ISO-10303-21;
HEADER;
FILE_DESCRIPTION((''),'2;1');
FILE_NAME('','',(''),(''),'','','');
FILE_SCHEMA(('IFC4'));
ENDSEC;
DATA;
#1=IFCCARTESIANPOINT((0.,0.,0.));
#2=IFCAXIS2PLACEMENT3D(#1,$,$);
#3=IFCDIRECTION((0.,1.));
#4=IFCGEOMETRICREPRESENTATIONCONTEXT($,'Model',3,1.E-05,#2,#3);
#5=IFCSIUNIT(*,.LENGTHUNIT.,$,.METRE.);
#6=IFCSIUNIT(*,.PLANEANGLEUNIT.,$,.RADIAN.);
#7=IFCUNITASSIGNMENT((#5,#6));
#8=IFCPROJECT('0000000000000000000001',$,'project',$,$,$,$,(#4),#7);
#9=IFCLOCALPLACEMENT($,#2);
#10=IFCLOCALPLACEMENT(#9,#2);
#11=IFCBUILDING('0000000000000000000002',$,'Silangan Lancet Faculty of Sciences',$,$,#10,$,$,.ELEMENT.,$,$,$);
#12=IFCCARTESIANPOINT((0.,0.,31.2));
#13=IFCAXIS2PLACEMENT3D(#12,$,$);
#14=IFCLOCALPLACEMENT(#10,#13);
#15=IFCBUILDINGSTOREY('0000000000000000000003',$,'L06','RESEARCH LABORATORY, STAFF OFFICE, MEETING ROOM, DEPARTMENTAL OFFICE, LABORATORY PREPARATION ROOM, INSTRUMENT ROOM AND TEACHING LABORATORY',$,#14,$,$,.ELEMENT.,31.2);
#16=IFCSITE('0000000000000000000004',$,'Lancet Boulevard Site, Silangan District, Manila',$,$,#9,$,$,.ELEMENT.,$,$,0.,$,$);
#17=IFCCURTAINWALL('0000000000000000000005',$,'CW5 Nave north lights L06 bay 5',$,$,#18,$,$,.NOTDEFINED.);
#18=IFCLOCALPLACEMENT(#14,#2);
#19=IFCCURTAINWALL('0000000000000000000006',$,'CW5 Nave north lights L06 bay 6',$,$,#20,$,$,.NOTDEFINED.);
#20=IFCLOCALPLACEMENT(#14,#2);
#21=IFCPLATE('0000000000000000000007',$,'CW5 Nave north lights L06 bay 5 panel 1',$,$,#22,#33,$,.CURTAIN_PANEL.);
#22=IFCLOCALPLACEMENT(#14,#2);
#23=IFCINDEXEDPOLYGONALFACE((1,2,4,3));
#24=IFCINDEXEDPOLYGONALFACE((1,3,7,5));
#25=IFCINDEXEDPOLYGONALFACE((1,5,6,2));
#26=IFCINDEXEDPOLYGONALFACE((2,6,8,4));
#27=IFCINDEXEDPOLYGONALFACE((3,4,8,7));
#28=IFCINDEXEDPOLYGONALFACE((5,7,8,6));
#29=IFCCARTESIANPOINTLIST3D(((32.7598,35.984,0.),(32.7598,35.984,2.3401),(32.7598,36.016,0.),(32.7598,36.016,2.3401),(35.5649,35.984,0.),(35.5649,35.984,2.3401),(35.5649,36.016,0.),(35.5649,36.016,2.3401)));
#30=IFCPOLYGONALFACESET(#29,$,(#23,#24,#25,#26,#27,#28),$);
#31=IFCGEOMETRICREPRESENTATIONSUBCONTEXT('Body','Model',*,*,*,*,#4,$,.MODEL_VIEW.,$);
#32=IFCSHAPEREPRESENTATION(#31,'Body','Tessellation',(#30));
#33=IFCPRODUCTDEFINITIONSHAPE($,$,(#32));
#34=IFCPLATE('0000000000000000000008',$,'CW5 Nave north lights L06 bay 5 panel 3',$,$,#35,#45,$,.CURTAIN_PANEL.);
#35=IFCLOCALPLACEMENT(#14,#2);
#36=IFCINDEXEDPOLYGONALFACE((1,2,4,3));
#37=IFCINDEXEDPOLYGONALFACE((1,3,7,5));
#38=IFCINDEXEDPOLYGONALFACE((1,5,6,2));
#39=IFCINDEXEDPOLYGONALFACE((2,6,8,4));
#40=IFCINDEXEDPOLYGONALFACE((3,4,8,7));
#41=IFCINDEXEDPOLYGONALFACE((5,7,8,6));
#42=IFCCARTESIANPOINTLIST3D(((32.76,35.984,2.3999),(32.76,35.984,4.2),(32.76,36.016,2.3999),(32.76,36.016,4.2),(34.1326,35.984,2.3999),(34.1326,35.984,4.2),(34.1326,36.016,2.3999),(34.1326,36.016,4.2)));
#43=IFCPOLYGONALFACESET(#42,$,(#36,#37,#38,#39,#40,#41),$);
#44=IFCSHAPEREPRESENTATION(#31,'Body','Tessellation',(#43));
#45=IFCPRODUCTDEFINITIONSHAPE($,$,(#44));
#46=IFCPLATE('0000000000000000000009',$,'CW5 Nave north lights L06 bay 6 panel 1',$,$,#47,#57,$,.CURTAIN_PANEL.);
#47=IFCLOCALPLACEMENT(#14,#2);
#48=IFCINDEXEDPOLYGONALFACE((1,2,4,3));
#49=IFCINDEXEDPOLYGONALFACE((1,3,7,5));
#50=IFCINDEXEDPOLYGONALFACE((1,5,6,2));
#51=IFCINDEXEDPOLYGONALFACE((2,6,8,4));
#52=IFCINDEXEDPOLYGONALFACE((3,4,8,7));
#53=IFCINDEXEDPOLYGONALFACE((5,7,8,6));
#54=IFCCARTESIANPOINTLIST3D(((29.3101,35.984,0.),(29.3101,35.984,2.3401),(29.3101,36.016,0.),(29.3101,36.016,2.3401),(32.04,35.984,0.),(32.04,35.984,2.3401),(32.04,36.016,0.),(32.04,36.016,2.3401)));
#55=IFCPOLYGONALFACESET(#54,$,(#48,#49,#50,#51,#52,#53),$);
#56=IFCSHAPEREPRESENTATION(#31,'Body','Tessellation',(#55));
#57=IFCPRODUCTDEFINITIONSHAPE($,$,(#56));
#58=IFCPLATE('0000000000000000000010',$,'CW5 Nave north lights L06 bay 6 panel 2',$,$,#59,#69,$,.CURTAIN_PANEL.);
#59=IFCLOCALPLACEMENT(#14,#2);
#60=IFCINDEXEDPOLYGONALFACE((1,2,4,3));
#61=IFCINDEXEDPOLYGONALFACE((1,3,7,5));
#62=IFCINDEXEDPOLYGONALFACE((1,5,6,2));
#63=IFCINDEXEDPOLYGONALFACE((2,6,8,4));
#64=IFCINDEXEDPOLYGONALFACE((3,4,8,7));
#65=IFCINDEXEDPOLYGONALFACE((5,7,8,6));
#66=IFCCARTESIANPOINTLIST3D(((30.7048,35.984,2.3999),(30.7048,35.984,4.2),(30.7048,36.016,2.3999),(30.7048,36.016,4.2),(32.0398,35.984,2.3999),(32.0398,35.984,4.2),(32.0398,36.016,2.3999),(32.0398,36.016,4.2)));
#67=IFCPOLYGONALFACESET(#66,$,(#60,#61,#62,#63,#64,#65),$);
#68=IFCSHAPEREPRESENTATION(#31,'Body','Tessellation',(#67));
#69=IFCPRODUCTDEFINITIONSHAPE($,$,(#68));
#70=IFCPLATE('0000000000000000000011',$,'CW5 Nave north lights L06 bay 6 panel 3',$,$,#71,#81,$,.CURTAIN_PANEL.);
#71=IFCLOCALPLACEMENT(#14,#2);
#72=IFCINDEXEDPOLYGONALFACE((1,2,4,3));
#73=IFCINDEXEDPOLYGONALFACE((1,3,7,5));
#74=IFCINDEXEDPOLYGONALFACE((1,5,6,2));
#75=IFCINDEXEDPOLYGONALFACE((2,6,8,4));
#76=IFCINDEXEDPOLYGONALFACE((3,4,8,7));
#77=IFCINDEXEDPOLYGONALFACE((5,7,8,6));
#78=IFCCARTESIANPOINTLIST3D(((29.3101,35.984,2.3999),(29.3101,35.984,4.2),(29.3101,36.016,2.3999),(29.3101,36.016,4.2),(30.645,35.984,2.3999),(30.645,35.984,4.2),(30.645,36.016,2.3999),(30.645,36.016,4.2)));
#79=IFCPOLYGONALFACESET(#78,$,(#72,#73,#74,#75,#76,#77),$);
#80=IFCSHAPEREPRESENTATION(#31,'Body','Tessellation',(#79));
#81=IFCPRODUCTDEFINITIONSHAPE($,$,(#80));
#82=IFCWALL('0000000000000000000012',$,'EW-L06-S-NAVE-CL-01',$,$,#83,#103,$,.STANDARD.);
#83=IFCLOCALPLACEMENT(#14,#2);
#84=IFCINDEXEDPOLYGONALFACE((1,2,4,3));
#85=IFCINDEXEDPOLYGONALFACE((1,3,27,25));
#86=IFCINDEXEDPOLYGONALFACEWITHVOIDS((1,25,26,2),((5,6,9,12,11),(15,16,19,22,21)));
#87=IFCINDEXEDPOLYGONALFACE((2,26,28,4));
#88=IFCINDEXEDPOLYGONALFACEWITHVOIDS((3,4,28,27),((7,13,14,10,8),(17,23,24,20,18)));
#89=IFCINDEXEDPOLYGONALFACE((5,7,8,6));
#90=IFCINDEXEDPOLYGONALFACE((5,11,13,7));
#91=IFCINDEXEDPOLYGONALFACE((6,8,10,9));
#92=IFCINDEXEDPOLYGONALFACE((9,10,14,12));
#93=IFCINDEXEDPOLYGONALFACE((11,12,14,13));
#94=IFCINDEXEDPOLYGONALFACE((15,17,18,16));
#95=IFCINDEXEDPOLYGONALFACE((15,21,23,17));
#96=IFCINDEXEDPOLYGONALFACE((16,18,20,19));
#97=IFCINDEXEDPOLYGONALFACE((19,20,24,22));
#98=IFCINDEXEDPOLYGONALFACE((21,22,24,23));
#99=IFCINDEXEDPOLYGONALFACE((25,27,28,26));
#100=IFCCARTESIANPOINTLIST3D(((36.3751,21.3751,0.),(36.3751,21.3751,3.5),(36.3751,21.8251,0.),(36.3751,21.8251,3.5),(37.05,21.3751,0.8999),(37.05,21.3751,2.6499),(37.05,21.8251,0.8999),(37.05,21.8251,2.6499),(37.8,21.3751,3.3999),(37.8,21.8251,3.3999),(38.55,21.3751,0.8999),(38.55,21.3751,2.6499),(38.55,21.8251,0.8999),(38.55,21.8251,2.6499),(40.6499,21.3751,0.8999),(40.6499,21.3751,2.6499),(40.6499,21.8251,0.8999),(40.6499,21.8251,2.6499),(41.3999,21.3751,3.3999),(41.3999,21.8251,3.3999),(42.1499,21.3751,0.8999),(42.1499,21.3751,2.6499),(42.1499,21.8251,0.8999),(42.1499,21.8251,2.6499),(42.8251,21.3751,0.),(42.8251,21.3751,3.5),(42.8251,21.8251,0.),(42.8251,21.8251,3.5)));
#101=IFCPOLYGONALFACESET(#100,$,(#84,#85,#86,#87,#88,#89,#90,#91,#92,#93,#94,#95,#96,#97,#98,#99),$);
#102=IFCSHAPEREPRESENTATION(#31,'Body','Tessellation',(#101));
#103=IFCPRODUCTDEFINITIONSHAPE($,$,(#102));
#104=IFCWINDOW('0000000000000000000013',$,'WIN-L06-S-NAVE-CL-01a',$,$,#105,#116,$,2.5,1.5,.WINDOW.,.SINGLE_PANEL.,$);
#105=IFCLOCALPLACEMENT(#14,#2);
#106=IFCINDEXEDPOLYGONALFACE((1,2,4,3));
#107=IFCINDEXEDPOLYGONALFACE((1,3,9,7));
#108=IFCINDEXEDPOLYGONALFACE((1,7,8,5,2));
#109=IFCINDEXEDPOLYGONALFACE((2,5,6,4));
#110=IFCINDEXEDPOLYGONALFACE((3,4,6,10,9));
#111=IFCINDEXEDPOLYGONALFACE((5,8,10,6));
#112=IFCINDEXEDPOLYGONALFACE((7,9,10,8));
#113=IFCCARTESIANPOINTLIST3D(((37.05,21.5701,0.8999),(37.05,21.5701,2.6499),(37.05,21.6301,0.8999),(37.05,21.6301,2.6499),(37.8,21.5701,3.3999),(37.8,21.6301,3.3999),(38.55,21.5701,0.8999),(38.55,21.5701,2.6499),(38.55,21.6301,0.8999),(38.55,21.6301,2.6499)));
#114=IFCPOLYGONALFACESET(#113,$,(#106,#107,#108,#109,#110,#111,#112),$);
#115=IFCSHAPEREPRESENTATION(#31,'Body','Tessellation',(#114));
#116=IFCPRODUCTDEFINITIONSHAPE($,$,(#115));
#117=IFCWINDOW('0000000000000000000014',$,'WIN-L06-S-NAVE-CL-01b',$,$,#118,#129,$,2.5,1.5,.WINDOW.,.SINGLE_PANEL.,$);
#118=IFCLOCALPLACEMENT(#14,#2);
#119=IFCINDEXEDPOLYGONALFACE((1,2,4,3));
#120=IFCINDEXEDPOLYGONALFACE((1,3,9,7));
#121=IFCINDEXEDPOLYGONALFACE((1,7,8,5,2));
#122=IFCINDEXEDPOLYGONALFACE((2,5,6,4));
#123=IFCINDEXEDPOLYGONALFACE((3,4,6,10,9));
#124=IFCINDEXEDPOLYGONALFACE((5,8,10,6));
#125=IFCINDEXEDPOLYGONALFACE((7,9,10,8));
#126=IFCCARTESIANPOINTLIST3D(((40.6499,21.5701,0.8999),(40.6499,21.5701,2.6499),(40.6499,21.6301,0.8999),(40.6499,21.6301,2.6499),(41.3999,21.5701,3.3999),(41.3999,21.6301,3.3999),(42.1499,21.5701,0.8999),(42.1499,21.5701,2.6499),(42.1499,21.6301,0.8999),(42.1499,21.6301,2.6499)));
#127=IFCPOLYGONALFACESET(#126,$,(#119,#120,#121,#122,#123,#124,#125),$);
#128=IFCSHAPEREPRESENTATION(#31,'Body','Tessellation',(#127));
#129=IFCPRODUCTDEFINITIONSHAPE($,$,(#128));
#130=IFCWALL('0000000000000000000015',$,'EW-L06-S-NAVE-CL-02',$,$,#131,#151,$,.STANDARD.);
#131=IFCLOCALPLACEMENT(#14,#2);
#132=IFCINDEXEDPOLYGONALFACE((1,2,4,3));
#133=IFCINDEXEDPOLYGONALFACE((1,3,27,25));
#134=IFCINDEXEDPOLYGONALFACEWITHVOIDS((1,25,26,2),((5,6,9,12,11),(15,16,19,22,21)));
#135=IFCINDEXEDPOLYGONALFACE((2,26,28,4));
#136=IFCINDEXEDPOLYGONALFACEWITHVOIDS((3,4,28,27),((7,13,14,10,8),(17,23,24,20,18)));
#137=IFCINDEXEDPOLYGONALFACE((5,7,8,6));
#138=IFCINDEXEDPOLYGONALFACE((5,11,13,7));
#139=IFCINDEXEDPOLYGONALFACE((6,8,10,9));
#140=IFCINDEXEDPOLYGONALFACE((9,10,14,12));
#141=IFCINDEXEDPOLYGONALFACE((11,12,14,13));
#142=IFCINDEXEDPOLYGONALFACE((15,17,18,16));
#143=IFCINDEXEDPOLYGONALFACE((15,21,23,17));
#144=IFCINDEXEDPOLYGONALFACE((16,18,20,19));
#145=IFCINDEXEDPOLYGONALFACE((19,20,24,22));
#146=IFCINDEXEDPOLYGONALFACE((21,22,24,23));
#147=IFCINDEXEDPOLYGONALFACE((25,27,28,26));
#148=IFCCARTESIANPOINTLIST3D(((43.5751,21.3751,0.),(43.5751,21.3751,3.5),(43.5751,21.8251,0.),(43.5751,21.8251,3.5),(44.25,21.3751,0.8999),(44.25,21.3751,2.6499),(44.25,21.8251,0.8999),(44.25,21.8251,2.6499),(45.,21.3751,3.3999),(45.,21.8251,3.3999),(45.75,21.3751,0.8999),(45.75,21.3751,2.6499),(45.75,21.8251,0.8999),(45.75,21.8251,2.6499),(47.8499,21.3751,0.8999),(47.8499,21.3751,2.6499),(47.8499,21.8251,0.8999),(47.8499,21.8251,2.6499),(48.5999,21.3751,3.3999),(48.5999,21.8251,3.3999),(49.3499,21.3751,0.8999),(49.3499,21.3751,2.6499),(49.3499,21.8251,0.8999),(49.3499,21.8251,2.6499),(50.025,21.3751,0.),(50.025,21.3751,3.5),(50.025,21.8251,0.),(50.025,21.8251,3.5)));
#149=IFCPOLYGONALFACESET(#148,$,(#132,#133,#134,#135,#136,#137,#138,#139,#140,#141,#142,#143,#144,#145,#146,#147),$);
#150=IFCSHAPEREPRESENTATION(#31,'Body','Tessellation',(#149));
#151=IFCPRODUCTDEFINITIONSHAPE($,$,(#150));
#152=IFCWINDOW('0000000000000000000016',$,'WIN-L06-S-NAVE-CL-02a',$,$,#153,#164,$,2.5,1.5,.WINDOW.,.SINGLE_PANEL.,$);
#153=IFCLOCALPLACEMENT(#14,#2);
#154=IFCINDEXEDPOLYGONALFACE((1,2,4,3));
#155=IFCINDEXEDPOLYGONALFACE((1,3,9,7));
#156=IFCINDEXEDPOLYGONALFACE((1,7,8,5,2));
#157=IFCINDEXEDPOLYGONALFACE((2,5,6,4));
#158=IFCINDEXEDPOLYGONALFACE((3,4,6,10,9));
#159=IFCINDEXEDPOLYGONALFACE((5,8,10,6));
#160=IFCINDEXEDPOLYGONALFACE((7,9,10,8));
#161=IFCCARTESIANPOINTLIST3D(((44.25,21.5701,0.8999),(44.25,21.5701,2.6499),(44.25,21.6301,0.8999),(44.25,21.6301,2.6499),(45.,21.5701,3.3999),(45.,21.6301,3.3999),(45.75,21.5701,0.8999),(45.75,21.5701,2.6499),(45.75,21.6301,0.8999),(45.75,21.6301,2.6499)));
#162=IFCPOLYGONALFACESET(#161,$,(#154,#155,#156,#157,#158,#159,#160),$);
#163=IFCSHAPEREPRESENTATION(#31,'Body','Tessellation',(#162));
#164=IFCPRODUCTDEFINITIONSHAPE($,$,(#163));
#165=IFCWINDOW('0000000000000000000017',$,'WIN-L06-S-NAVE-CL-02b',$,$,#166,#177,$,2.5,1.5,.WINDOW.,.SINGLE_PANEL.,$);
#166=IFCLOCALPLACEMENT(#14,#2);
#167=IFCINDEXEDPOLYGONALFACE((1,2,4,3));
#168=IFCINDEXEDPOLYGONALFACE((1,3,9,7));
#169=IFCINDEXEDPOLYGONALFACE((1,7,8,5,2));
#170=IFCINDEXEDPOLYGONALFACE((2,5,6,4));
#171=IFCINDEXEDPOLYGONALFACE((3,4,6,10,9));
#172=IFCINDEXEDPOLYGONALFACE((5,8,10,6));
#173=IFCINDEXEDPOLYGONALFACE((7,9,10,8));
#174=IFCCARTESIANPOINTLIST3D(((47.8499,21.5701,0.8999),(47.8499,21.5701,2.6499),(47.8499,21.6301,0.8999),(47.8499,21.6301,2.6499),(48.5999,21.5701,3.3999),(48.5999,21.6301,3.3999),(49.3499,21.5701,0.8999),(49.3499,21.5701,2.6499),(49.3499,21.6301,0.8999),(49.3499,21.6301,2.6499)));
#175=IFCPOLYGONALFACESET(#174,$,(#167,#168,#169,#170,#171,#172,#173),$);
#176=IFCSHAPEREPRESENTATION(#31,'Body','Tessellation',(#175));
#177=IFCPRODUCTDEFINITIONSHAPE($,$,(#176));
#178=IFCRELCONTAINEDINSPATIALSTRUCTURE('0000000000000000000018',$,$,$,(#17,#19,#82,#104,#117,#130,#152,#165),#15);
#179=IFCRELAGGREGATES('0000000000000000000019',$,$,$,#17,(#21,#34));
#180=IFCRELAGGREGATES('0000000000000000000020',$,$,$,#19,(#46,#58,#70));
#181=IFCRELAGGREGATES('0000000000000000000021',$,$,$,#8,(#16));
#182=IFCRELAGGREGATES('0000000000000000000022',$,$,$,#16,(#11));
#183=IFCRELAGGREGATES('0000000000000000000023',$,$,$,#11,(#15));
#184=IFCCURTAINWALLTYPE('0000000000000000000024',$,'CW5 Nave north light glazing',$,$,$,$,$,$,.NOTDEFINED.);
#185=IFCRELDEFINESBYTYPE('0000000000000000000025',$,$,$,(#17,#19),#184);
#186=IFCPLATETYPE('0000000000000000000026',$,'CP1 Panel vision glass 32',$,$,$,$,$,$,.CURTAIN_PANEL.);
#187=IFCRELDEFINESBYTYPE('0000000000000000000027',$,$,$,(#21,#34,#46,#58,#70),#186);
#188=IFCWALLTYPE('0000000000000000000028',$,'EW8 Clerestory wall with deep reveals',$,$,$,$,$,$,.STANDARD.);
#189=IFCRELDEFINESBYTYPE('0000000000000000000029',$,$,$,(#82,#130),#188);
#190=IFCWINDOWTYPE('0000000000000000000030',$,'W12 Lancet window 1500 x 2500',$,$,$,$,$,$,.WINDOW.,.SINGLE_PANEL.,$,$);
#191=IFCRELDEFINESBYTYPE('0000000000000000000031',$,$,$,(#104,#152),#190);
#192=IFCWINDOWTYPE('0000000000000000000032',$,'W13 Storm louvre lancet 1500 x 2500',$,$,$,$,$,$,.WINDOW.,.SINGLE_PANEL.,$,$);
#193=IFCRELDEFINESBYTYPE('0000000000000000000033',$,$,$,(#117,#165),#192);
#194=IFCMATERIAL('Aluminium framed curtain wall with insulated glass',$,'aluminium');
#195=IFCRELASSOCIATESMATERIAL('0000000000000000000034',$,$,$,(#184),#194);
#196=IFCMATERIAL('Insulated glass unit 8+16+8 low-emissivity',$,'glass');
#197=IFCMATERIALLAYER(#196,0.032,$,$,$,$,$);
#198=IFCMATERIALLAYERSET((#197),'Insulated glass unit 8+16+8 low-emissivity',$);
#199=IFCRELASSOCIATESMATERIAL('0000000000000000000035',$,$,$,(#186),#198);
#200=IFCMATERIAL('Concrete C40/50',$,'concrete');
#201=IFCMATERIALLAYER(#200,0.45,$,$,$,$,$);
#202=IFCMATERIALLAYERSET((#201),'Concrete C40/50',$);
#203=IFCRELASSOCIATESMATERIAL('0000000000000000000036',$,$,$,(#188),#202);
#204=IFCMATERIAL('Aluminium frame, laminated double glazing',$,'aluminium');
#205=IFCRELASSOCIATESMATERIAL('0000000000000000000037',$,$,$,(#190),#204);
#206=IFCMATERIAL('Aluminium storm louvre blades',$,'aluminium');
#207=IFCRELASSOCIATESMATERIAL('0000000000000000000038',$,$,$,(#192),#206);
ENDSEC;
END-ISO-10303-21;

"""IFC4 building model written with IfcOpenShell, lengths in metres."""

from ifc_helpers import new_model, si_unit, direction, frame, frame_2d, origin, origin_2d, place, context, subcontext, project, spatial, polyline, rectangle, outline, extrude, material, layer, layer_set, type_object, element, fill, aggregate, save


model = new_model("IFC4")

# Units and contexts
model_context = context("Model", 3, precision=1e-05, world=origin(), true_north=direction((0.0, 1.0)))
body_context = subcontext(model_context, "Body", "Model", "MODEL_VIEW")
ifc_project = project(units=[si_unit("LENGTHUNIT", "METRE"), si_unit("PLANEANGLEUNIT", "RADIAN")], contexts=[model_context])

# Site, building, storey
site_placement = place(None, origin())
site = spatial("IfcSite", under=ifc_project, at=site_placement, Name="Lancet Boulevard Site, Silangan District, Manila", CompositionType="ELEMENT", RefElevation=0.0)
building_placement = place(site_placement, origin())
building = spatial("IfcBuilding", under=site, at=building_placement, Name="Silangan Lancet Faculty of Sciences", CompositionType="ELEMENT")
storey_placement = place(building_placement, frame((0.0, 0.0, 31.2)))
storey = spatial("IfcBuildingStorey", under=building, at=storey_placement, Name="L06", Description="RESEARCH LABORATORY, STAFF OFFICE, MEETING ROOM, DEPARTMENTAL OFFICE, LABORATORY PREPARATION ROOM, INSTRUMENT ROOM AND TEACHING LABORATORY", CompositionType="ELEMENT", Elevation=31.2)

# Curtain walls
ifc_material_1 = material(Name="Aluminium framed curtain wall with insulated glass", Category="aluminium")
curtain_wall_type = type_object("IfcCurtainWallType", Name="CW5 Nave north light glazing", PredefinedType="NOTDEFINED", material=ifc_material_1)
curtain_wall_1_placement = place(storey_placement, origin())
curtain_wall_1 = element("IfcCurtainWall", 1, at=curtain_wall_1_placement, inside=storey, type_object=curtain_wall_type, Name="CW5 Nave north lights L06 bay 5", PredefinedType="NOTDEFINED")
curtain_wall_2_placement = place(storey_placement, origin())
curtain_wall_2 = element("IfcCurtainWall", 2, at=curtain_wall_2_placement, inside=storey, type_object=curtain_wall_type, Name="CW5 Nave north lights L06 bay 6", PredefinedType="NOTDEFINED")

# Plates
ifc_material_2 = material(Name="Insulated glass unit 8+16+8 low-emissivity", Category="glass")
ifc_layer_1 = layer(ifc_material_2, 0.032)
ifc_layer_set_1 = layer_set([ifc_layer_1], Name="Insulated glass unit 8+16+8 low-emissivity")
plate_type = type_object("IfcPlateType", Name="CP1 Panel vision glass 32", PredefinedType="CURTAIN_PANEL", material=ifc_layer_set_1)
plate_1_placement = place(storey_placement, frame((34.1624, 36.0, 0.0), z_axis=(0.0, 0.0, 1.0), x_axis=(-1.0, 0.0, 0.0)))
plate_1 = element("IfcPlate", 3, at=plate_1_placement, type_object=plate_type, Name="CW5 Nave north lights L06 bay 5 panel 1", PredefinedType="CURTAIN_PANEL", context=body_context, shape_type="SweptSolid", body=[
    extrude(rectangle(XDim=2.8052, YDim=0.032, at=origin_2d()), origin(), (0.0, 0.0, 1.0), 2.3401),
])
plate_2_placement = place(storey_placement, frame((33.4463, 36.0, 2.3999), z_axis=(0.0, 0.0, 1.0), x_axis=(-1.0, 0.0, 0.0)))
plate_2 = element("IfcPlate", 4, at=plate_2_placement, type_object=plate_type, Name="CW5 Nave north lights L06 bay 5 panel 3", PredefinedType="CURTAIN_PANEL", context=body_context, shape_type="SweptSolid", body=[
    extrude(rectangle(XDim=1.3726, YDim=0.032, at=origin_2d()), origin(), (0.0, 0.0, 1.0), 1.8),
])
aggregate(curtain_wall_1, [plate_1, plate_2])
plate_3_placement = place(storey_placement, frame((30.675, 36.0, 0.0), z_axis=(0.0, 0.0, 1.0), x_axis=(-1.0, 0.0, 0.0)))
plate_3 = element("IfcPlate", 5, at=plate_3_placement, type_object=plate_type, Name="CW5 Nave north lights L06 bay 6 panel 1", PredefinedType="CURTAIN_PANEL", context=body_context, shape_type="SweptSolid", body=[
    extrude(rectangle(XDim=2.73, YDim=0.032, at=origin_2d()), origin(), (0.0, 0.0, 1.0), 2.3401),
])
plate_4_placement = place(storey_placement, frame((31.3723, 36.0, 2.3999), z_axis=(0.0, 0.0, 1.0), x_axis=(-1.0, 0.0, 0.0)))
plate_4 = element("IfcPlate", 6, at=plate_4_placement, type_object=plate_type, Name="CW5 Nave north lights L06 bay 6 panel 2", PredefinedType="CURTAIN_PANEL", context=body_context, shape_type="SweptSolid", body=[
    extrude(rectangle(XDim=1.335, YDim=0.032, at=origin_2d()), origin(), (0.0, 0.0, 1.0), 1.8),
])
plate_5_placement = place(storey_placement, frame((29.9775, 36.0, 2.3999), z_axis=(0.0, 0.0, 1.0), x_axis=(-1.0, 0.0, 0.0)))
plate_5 = element("IfcPlate", 7, at=plate_5_placement, type_object=plate_type, Name="CW5 Nave north lights L06 bay 6 panel 3", PredefinedType="CURTAIN_PANEL", context=body_context, shape_type="SweptSolid", body=[
    extrude(rectangle(XDim=1.335, YDim=0.032, at=origin_2d()), origin(), (0.0, 0.0, 1.0), 1.8),
])
aggregate(curtain_wall_2, [plate_3, plate_4, plate_5])

# Walls, openings, windows
ifc_material_3 = material(Name="Concrete C40/50", Category="concrete")
ifc_layer_2 = layer(ifc_material_3, 0.45)
ifc_layer_set_2 = layer_set([ifc_layer_2], Name="Concrete C40/50")
wall_type = type_object("IfcWallType", Name="EW8 Clerestory wall with deep reveals", PredefinedType="STANDARD", material=ifc_layer_set_2)
wall_1_placement = place(storey_placement, frame((36.375, 21.6001, 0.0), z_axis=(0.0, 0.0, 1.0), x_axis=(1.0, 0.0, 0.0)))
wall_1 = element("IfcWall", 8, at=wall_1_placement, inside=storey, type_object=wall_type, Name="EW-L06-S-NAVE-CL-01", PredefinedType="STANDARD", context=body_context, shape_type="SweptSolid", body=[
    extrude(rectangle(XDim=6.45, YDim=0.45, at=frame_2d((3.2251, 0.0))), origin(), (0.0, 0.0, 1.0), 3.5),
])
opening_1_placement = place(wall_1_placement, frame((0.675, 0.0, 0.8999)))
opening_1 = element("IfcOpeningElement", 9, at=opening_1_placement, cuts=wall_1, PredefinedType="OPENING", context=body_context, shape_type="SweptSolid", body=[
    extrude(outline(polyline([(0.0, 0.0), (1.5, 0.0), (1.5, 1.75), (0.75, 2.5), (0.0, 1.75), (0.0, 0.0)])), frame((0.0, 0.2349, 0.0), z_axis=(0.0, -1.0, 0.0), x_axis=(1.0, 0.0, 0.0)), (0.0, 0.0, 1.0), 0.47),
])
opening_2_placement = place(wall_1_placement, frame((4.2749, 0.0, 0.8999)))
opening_2 = element("IfcOpeningElement", 10, at=opening_2_placement, cuts=wall_1, PredefinedType="OPENING", context=body_context, shape_type="SweptSolid", body=[
    extrude(outline(polyline([(0.0, 0.0), (1.5, 0.0), (1.5, 1.75), (0.75, 2.5), (0.0, 1.75), (0.0, 0.0)])), frame((0.0, 0.2349, 0.0), z_axis=(0.0, -1.0, 0.0), x_axis=(1.0, 0.0, 0.0)), (0.0, 0.0, 1.0), 0.47),
])
ifc_material_4 = material(Name="Aluminium frame, laminated double glazing", Category="aluminium")
window_type_1 = type_object("IfcWindowType", Name="W12 Lancet window 1500 x 2500", PartitioningType="SINGLE_PANEL", PredefinedType="WINDOW", material=ifc_material_4)
window_1_placement = place(opening_1_placement, origin())
window_1 = element("IfcWindow", 11, at=window_1_placement, inside=storey, type_object=window_type_1, Name="WIN-L06-S-NAVE-CL-01a", OverallHeight=2.5, OverallWidth=1.5, PartitioningType="SINGLE_PANEL", PredefinedType="WINDOW", context=body_context, shape_type="SweptSolid", body=[
    extrude(outline(polyline([(0.0, 0.0), (1.5, 0.0), (1.5, 1.75), (0.75, 2.5), (0.0, 1.75), (0.0, 0.0)])), frame((0.0, 0.03, 0.0), z_axis=(0.0, -1.0, 0.0), x_axis=(1.0, 0.0, 0.0)), (0.0, 0.0, 1.0), 0.0601),
])
fill(opening_1, window_1)
ifc_material_5 = material(Name="Aluminium storm louvre blades", Category="aluminium")
window_type_2 = type_object("IfcWindowType", Name="W13 Storm louvre lancet 1500 x 2500", PartitioningType="SINGLE_PANEL", PredefinedType="WINDOW", material=ifc_material_5)
window_2_placement = place(opening_2_placement, origin())
window_2 = element("IfcWindow", 12, at=window_2_placement, inside=storey, type_object=window_type_2, Name="WIN-L06-S-NAVE-CL-01b", OverallHeight=2.5, OverallWidth=1.5, PartitioningType="SINGLE_PANEL", PredefinedType="WINDOW", context=body_context, shape_type="SweptSolid", body=[
    extrude(outline(polyline([(0.0, 0.0), (1.5, 0.0), (1.5, 1.75), (0.75, 2.5), (0.0, 1.75), (0.0, 0.0)])), frame((0.0, 0.03, 0.0), z_axis=(0.0, -1.0, 0.0), x_axis=(1.0, 0.0, 0.0)), (0.0, 0.0, 1.0), 0.0601),
])
fill(opening_2, window_2)
wall_2_placement = place(storey_placement, frame((43.575, 21.6001, 0.0), z_axis=(0.0, 0.0, 1.0), x_axis=(1.0, 0.0, 0.0)))
wall_2 = element("IfcWall", 13, at=wall_2_placement, inside=storey, type_object=wall_type, Name="EW-L06-S-NAVE-CL-02", PredefinedType="STANDARD", context=body_context, shape_type="SweptSolid", body=[
    extrude(rectangle(XDim=6.45, YDim=0.45, at=frame_2d((3.2251, 0.0))), origin(), (0.0, 0.0, 1.0), 3.5),
])
opening_3_placement = place(wall_2_placement, frame((0.675, 0.0, 0.8999)))
opening_3 = element("IfcOpeningElement", 14, at=opening_3_placement, cuts=wall_2, PredefinedType="OPENING", context=body_context, shape_type="SweptSolid", body=[
    extrude(outline(polyline([(0.0, 0.0), (1.5, 0.0), (1.5, 1.75), (0.75, 2.5), (0.0, 1.75), (0.0, 0.0)])), frame((0.0, 0.2349, 0.0), z_axis=(0.0, -1.0, 0.0), x_axis=(1.0, 0.0, 0.0)), (0.0, 0.0, 1.0), 0.47),
])
opening_4_placement = place(wall_2_placement, frame((4.2749, 0.0, 0.8999)))
opening_4 = element("IfcOpeningElement", 15, at=opening_4_placement, cuts=wall_2, PredefinedType="OPENING", context=body_context, shape_type="SweptSolid", body=[
    extrude(outline(polyline([(0.0, 0.0), (1.5, 0.0), (1.5, 1.75), (0.75, 2.5), (0.0, 1.75), (0.0, 0.0)])), frame((0.0, 0.2349, 0.0), z_axis=(0.0, -1.0, 0.0), x_axis=(1.0, 0.0, 0.0)), (0.0, 0.0, 1.0), 0.47),
])
window_3_placement = place(opening_3_placement, origin())
window_3 = element("IfcWindow", 16, at=window_3_placement, inside=storey, type_object=window_type_1, Name="WIN-L06-S-NAVE-CL-02a", OverallHeight=2.5, OverallWidth=1.5, PartitioningType="SINGLE_PANEL", PredefinedType="WINDOW", context=body_context, shape_type="SweptSolid", body=[
    extrude(outline(polyline([(0.0, 0.0), (1.5, 0.0), (1.5, 1.75), (0.75, 2.5), (0.0, 1.75), (0.0, 0.0)])), frame((0.0, 0.03, 0.0), z_axis=(0.0, -1.0, 0.0), x_axis=(1.0, 0.0, 0.0)), (0.0, 0.0, 1.0), 0.0601),
])
fill(opening_3, window_3)
window_4_placement = place(opening_4_placement, origin())
window_4 = element("IfcWindow", 17, at=window_4_placement, inside=storey, type_object=window_type_2, Name="WIN-L06-S-NAVE-CL-02b", OverallHeight=2.5, OverallWidth=1.5, PartitioningType="SINGLE_PANEL", PredefinedType="WINDOW", context=body_context, shape_type="SweptSolid", body=[
    extrude(outline(polyline([(0.0, 0.0), (1.5, 0.0), (1.5, 1.75), (0.75, 2.5), (0.0, 1.75), (0.0, 0.0)])), frame((0.0, 0.03, 0.0), z_axis=(0.0, -1.0, 0.0), x_axis=(1.0, 0.0, 0.0)), (0.0, 0.0, 1.0), 0.0601),
])
fill(opening_4, window_4)

save(model, "model.ifc")
